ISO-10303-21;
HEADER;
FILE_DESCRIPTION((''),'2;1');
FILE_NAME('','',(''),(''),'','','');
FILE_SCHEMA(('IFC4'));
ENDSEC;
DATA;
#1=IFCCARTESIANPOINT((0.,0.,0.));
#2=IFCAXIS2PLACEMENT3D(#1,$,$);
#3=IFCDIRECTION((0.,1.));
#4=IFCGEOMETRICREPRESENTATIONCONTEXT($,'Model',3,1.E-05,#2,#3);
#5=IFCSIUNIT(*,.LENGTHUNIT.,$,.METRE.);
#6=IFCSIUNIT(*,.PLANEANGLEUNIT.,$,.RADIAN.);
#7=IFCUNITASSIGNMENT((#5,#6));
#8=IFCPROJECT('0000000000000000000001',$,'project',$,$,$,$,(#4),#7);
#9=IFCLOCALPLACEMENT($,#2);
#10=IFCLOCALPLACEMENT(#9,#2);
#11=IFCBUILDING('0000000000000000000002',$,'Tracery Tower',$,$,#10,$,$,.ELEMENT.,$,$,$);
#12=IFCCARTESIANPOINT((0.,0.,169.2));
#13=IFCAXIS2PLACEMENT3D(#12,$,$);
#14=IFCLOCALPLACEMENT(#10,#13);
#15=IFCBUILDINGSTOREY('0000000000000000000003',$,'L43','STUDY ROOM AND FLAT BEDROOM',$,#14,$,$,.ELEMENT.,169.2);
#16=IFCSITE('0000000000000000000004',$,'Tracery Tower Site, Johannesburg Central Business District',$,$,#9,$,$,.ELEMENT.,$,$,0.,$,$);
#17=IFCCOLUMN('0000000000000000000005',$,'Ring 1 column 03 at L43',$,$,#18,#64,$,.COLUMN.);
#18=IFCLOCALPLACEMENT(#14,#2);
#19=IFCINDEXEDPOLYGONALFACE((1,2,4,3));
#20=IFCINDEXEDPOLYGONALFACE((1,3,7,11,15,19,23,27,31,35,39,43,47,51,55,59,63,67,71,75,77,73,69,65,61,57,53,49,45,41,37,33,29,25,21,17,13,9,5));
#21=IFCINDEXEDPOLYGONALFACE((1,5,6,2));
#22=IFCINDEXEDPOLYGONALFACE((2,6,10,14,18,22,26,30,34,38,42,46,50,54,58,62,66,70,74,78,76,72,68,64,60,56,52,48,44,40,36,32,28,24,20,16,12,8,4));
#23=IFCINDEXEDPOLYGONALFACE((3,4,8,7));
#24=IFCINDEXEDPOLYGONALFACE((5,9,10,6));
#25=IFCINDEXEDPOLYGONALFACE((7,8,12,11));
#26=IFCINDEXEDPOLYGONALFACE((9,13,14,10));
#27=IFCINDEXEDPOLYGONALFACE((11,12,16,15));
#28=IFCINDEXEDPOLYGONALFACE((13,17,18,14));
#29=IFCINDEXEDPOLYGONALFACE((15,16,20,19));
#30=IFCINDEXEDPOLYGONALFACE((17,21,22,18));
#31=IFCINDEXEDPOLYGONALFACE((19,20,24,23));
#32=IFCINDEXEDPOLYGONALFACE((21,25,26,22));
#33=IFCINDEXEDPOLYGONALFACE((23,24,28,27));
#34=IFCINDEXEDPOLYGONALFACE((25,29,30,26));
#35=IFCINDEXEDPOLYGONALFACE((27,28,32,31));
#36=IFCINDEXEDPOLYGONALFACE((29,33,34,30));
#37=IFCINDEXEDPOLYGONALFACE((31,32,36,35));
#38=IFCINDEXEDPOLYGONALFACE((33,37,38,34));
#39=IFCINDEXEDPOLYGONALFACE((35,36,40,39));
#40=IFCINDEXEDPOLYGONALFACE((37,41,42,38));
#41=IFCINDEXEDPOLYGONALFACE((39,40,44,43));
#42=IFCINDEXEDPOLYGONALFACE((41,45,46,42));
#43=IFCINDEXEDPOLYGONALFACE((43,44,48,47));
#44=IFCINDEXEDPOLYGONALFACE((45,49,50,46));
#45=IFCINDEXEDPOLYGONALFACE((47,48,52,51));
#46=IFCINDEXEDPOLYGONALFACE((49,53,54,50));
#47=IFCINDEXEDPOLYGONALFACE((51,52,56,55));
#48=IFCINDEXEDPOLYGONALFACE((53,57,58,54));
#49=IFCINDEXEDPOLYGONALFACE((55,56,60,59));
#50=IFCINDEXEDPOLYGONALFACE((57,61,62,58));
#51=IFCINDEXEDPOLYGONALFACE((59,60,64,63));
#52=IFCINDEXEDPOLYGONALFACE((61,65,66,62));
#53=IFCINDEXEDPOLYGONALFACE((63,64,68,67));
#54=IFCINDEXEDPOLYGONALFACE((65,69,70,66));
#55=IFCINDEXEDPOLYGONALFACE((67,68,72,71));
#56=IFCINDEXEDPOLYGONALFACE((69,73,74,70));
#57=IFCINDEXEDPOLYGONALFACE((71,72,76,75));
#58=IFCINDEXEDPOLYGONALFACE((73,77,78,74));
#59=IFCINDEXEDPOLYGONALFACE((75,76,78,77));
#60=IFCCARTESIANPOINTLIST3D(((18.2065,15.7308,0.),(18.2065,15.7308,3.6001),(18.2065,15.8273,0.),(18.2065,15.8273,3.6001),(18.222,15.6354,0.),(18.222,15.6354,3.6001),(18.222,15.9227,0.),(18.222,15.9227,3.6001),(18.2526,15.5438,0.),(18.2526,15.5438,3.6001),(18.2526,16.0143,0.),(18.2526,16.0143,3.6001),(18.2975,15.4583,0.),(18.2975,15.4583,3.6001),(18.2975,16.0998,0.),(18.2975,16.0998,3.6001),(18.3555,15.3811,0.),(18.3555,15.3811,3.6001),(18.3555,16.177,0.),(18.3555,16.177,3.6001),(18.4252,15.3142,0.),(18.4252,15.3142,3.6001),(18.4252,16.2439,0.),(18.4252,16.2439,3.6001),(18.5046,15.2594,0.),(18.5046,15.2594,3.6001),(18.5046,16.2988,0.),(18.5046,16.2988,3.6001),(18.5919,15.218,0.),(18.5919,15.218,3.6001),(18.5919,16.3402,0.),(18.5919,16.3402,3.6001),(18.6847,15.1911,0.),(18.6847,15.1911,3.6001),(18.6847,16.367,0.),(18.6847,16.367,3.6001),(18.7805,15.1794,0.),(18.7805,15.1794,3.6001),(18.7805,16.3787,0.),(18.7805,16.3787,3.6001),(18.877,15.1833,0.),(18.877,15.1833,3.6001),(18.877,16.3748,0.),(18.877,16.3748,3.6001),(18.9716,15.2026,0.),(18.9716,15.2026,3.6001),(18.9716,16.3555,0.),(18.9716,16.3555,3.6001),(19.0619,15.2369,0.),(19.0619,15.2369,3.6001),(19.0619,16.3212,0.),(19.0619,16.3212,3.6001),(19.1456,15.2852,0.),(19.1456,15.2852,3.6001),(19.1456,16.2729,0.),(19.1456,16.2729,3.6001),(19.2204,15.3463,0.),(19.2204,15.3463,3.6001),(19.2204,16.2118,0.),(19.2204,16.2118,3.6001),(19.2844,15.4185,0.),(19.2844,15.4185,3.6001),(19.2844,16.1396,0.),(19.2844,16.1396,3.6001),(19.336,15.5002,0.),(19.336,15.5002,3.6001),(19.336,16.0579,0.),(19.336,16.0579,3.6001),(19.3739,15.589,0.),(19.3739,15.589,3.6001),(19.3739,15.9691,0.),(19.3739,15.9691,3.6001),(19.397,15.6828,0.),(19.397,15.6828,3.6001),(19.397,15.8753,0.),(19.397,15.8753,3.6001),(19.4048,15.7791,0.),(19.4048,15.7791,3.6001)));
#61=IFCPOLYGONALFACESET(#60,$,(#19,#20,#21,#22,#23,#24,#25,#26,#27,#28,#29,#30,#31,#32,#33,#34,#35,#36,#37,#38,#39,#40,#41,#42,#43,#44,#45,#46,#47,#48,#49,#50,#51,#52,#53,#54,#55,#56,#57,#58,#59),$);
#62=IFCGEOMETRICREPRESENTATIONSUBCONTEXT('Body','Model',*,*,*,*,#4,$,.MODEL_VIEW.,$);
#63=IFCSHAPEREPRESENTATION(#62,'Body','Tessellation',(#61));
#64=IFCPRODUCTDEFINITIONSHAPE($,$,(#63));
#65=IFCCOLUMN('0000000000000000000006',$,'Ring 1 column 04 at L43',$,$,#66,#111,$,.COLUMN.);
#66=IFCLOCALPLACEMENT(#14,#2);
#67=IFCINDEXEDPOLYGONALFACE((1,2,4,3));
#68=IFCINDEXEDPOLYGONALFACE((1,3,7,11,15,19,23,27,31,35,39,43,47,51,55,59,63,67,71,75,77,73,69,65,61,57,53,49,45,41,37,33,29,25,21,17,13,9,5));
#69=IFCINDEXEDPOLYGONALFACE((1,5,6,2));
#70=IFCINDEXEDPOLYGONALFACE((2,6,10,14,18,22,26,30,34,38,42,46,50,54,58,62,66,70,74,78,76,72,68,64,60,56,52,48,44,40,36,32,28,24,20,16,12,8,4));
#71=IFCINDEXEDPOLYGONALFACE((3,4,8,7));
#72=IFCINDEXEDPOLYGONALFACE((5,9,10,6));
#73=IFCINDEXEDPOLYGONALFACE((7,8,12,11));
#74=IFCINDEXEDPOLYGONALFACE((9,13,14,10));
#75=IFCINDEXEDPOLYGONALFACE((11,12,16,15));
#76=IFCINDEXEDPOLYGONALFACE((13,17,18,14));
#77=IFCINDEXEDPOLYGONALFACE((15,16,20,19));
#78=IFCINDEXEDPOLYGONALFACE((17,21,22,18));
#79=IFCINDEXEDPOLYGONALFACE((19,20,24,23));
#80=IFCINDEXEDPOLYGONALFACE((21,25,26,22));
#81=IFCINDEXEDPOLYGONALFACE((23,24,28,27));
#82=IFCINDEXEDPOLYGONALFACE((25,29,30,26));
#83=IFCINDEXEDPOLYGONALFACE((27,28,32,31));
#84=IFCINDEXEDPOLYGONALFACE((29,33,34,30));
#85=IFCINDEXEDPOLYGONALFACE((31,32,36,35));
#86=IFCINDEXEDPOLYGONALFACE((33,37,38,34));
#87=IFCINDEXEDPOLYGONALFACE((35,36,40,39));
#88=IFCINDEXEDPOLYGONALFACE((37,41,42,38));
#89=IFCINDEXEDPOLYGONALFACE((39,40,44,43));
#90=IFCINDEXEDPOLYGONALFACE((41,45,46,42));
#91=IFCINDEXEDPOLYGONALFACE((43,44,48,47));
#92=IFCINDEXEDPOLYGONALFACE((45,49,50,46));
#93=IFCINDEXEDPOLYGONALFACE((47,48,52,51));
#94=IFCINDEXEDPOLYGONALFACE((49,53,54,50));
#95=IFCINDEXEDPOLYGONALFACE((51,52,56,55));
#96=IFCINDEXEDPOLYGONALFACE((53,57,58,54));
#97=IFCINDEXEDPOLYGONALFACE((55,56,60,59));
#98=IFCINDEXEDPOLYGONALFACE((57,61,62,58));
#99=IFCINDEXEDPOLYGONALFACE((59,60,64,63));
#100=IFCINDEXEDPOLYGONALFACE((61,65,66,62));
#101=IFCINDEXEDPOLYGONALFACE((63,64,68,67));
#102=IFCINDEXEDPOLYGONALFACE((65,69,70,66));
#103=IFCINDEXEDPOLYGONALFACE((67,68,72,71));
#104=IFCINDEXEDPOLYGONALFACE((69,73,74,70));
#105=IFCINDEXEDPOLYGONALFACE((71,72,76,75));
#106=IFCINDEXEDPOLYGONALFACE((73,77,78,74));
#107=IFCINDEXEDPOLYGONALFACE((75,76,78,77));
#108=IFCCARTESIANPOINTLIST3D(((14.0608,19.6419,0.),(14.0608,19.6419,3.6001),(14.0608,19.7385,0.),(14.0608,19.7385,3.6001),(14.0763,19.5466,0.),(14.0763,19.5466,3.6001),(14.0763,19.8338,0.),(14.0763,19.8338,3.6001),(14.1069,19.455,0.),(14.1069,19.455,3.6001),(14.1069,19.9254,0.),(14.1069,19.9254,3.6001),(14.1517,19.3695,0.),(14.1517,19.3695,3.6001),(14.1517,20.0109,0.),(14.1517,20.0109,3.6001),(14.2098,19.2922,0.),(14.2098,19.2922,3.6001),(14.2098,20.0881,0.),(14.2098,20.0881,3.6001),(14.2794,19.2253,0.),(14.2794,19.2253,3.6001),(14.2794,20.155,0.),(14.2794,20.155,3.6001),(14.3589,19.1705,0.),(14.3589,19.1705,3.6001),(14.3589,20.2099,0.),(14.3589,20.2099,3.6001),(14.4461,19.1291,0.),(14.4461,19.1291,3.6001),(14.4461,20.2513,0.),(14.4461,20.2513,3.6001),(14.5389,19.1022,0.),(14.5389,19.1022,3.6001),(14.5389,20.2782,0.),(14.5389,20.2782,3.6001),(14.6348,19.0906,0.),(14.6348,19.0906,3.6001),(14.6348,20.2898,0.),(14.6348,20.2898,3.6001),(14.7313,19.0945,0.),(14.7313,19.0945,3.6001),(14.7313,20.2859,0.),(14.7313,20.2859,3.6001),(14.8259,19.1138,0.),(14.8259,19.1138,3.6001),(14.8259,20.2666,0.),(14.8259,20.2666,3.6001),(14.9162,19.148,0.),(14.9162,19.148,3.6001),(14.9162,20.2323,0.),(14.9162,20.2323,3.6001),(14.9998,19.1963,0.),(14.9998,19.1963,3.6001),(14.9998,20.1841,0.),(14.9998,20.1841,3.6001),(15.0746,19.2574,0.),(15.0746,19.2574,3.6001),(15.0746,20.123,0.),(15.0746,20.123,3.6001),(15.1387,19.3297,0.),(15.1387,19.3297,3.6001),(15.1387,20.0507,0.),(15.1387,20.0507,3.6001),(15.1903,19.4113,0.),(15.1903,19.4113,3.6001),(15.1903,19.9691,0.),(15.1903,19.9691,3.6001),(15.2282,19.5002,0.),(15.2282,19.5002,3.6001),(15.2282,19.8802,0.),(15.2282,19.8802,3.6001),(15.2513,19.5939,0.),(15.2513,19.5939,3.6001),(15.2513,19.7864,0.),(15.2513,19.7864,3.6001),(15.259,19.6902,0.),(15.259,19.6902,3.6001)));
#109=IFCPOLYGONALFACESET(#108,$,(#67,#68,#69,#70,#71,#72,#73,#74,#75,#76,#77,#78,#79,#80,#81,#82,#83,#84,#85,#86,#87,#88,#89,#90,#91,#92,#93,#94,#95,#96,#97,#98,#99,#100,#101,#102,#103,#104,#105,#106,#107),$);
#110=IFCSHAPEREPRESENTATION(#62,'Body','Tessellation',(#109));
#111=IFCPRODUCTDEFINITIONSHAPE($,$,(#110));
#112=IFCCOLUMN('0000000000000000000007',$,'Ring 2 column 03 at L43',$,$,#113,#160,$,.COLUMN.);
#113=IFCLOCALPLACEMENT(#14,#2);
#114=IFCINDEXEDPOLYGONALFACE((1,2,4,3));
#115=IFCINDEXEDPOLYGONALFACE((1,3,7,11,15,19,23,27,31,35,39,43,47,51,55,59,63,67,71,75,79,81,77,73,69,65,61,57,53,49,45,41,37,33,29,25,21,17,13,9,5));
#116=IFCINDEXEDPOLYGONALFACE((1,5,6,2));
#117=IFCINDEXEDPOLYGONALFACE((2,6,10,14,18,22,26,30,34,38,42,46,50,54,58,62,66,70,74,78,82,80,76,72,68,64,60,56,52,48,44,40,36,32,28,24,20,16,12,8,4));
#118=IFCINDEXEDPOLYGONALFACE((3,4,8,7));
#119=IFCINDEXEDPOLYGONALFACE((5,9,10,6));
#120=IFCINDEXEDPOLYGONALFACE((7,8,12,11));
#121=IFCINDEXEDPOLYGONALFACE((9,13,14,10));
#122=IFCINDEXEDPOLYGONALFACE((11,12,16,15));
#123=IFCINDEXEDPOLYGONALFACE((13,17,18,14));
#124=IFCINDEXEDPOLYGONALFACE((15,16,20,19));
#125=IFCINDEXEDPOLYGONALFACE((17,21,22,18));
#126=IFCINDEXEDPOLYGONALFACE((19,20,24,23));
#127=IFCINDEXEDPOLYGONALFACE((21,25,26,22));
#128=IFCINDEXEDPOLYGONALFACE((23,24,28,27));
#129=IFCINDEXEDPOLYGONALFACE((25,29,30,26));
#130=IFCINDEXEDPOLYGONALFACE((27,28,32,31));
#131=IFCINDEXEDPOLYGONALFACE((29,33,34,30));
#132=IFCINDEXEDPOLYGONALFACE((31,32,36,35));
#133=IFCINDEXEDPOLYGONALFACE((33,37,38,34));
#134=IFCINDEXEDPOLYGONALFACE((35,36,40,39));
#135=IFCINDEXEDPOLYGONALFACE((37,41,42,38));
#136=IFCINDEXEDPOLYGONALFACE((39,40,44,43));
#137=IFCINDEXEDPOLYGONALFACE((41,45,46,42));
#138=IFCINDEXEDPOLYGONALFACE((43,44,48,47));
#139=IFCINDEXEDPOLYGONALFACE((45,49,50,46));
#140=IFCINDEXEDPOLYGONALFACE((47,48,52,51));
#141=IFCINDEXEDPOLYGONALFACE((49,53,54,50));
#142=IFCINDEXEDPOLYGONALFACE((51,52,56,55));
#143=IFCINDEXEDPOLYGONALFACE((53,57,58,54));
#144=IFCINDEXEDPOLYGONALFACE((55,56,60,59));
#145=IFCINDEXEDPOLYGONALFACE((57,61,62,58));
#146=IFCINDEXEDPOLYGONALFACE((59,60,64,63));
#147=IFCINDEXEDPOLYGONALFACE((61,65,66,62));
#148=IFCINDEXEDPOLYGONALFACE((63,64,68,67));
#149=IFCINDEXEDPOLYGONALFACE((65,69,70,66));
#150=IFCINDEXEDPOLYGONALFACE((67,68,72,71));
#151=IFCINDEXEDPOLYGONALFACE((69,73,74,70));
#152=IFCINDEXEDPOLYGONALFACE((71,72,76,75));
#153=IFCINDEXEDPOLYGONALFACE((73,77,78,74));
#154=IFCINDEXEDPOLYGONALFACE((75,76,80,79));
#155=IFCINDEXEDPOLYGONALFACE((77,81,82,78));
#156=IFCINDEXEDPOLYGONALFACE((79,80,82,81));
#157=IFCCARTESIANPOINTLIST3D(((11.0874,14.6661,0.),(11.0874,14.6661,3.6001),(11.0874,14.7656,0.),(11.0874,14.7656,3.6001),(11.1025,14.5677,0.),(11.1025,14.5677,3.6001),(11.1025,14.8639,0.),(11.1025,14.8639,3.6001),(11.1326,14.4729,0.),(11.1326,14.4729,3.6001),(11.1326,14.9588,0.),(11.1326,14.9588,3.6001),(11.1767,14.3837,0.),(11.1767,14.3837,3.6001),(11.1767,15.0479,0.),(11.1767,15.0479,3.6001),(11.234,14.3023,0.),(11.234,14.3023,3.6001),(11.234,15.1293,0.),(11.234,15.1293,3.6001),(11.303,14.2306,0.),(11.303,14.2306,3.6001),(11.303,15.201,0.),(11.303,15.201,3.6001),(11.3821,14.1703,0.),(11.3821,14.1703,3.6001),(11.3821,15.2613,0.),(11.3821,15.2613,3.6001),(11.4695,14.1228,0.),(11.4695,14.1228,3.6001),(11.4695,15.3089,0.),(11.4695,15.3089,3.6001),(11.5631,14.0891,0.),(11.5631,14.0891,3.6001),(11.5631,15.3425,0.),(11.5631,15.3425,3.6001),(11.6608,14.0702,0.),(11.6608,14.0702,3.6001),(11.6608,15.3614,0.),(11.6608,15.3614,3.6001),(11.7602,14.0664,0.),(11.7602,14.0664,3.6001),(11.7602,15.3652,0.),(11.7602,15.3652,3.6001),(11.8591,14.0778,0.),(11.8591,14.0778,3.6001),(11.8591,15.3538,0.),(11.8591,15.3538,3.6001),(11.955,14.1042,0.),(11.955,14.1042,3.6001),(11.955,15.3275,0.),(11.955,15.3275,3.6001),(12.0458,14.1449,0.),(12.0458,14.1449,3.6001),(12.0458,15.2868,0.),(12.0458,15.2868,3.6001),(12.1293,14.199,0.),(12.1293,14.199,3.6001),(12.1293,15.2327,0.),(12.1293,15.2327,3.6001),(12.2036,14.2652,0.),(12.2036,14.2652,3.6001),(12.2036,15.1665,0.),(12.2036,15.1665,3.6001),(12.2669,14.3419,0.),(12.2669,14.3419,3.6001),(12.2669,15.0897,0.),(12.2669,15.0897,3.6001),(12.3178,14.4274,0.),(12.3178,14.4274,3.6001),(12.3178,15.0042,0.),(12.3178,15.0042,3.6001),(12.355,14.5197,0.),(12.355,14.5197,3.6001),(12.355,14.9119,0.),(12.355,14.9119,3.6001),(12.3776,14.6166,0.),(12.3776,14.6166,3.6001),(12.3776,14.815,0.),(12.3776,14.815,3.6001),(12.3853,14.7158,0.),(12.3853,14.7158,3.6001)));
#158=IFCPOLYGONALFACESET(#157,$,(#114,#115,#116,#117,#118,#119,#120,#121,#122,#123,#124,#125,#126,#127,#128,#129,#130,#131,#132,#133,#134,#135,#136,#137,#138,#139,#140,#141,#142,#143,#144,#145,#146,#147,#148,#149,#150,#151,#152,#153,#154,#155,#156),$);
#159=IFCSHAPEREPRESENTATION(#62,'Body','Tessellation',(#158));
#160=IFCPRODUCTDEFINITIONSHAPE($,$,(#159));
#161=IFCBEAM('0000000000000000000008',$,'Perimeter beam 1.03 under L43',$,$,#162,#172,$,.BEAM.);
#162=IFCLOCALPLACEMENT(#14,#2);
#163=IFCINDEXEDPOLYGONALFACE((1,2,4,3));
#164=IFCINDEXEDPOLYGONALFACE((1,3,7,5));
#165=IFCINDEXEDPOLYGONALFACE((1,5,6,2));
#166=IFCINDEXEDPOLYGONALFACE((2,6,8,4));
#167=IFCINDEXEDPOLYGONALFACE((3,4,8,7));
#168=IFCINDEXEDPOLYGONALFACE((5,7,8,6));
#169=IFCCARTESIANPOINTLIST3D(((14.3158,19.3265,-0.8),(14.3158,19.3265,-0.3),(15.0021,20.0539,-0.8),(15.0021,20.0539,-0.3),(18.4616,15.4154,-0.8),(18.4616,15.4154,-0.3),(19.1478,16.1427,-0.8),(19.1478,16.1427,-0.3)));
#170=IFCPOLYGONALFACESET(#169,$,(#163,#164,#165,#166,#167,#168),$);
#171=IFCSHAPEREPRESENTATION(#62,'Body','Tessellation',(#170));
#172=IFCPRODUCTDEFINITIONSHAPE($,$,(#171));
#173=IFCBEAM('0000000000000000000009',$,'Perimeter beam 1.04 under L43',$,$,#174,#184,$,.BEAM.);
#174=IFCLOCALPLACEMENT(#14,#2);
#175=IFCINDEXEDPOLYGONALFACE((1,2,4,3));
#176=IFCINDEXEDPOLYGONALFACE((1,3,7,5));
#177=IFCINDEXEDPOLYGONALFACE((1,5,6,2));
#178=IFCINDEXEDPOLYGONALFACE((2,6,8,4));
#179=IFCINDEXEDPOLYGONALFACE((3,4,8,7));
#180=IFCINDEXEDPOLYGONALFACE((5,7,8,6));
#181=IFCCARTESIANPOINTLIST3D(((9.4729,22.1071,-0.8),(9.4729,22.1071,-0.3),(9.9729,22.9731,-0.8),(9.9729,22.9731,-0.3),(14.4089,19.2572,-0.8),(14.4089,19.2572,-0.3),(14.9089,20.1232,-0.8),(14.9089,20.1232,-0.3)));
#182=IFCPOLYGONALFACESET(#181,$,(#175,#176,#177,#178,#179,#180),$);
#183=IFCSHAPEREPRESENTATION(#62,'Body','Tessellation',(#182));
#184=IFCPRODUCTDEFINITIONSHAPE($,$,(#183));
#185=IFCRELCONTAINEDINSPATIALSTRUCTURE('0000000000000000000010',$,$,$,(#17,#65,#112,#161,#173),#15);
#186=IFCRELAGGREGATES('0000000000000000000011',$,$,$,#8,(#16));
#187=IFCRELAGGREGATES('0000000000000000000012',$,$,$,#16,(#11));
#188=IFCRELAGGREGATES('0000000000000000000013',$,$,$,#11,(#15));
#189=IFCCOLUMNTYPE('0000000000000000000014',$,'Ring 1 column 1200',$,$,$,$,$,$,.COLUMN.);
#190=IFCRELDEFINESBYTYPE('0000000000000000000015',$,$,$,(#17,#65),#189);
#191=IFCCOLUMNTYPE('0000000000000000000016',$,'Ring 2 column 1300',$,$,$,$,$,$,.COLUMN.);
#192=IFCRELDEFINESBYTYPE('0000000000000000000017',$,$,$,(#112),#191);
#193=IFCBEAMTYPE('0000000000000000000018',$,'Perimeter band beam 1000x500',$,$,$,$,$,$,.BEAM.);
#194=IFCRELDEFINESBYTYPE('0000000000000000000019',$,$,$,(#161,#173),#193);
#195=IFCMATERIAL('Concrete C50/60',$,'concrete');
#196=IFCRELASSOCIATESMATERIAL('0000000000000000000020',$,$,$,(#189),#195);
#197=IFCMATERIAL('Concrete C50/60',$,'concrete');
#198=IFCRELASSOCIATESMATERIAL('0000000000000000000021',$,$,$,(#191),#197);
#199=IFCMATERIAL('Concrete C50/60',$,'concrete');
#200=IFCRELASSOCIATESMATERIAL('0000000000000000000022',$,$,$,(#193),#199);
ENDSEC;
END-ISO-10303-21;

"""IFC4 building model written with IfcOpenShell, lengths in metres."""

from ifc_helpers import new_model, si_unit, direction, frame, origin, origin_2d, place, context, subcontext, project, spatial, rectangle, circle, extrude, material, material_profile, profile_set, type_object, element, save


model = new_model("IFC4")

# Units and contexts
model_context = context("Model", 3, precision=1e-05, world=origin(), true_north=direction((0.0, 1.0)))
body_context = subcontext(model_context, "Body", "Model", "MODEL_VIEW")
ifc_project = project(units=[si_unit("LENGTHUNIT", "METRE"), si_unit("PLANEANGLEUNIT", "RADIAN")], contexts=[model_context])

# Site, building, storey
site_placement = place(None, origin())
site = spatial("IfcSite", under=ifc_project, at=site_placement, Name="Tracery Tower Site, Johannesburg Central Business District", CompositionType="ELEMENT", RefElevation=0.0)
building_placement = place(site_placement, origin())
building = spatial("IfcBuilding", under=site, at=building_placement, Name="Tracery Tower", CompositionType="ELEMENT")
storey_placement = place(building_placement, frame((0.0, 0.0, 169.2)))
storey = spatial("IfcBuildingStorey", under=building, at=storey_placement, Name="L43", Description="STUDY ROOM AND FLAT BEDROOM", CompositionType="ELEMENT", Elevation=169.2)

# Columns
ifc_material_1 = material(Name="Concrete C50/60", Category="concrete")
ifc_material_profile_1 = material_profile(ifc_material_1, circle(Radius=0.6001, at=origin_2d()), Name="RC D1200")
ifc_profile_set_1 = profile_set([ifc_material_profile_1], Name="Concrete C50/60")
column_type_1 = type_object("IfcColumnType", Name="Ring 1 column 1200", PredefinedType="COLUMN", material=ifc_profile_set_1)
for number, where, z_axis, x_axis, name in (
    (1, (18.8047, 15.7791, 0.0), (0.0, 0.0, 1.0), (1.0, 0.0, 0.0), "Ring 1 column 03 at L43"),
    (2, (14.6589, 19.6902, 0.0), (0.0, 0.0, 1.0), (1.0, 0.0, 0.0), "Ring 1 column 04 at L43"),
):
    element("IfcColumn", number, at=place(storey_placement, frame(where, z_axis=z_axis, x_axis=x_axis)), inside=storey, type_object=column_type_1, Name=name, PredefinedType="COLUMN", context=body_context, shape_type="SweptSolid", body=[
        extrude(circle(Radius=0.6001, at=origin_2d()), origin(), (0.0, 0.0, 1.0), 3.6001),
    ])
ifc_material_2 = material(Name="Concrete C50/60", Category="concrete")
ifc_material_profile_2 = material_profile(ifc_material_2, circle(Radius=0.6499, at=origin_2d()), Name="RC D1300")
ifc_profile_set_2 = profile_set([ifc_material_profile_2], Name="Concrete C50/60")
column_type_2 = type_object("IfcColumnType", Name="Ring 2 column 1300", PredefinedType="COLUMN", material=ifc_profile_set_2)
column_placement = place(storey_placement, frame((11.7354, 14.7158, 0.0), z_axis=(0.0, 0.0, 1.0), x_axis=(1.0, 0.0, 0.0)))
element("IfcColumn", 3, at=column_placement, inside=storey, type_object=column_type_2, Name="Ring 2 column 03 at L43", PredefinedType="COLUMN", context=body_context, shape_type="SweptSolid", body=[
    extrude(circle(Radius=0.6499, at=origin_2d()), origin(), (0.0, 0.0, 1.0), 3.6001),
])

# Beams
ifc_material_3 = material(Name="Concrete C50/60", Category="concrete")
ifc_material_profile_3 = material_profile(ifc_material_3, rectangle(XDim=1.0, YDim=0.5, at=origin_2d()), Name="RC 1000x500")
ifc_profile_set_3 = profile_set([ifc_material_profile_3], Name="Concrete C50/60")
beam_type = type_object("IfcBeamType", Name="Perimeter band beam 1000x500", PredefinedType="BEAM", material=ifc_profile_set_3)
beam_1_placement = place(storey_placement, frame((18.8047, 15.7791, -0.55), z_axis=(-0.72739, 0.686225, 0.0), x_axis=(-0.686225, -0.72739, 0.0)))
element("IfcBeam", 4, at=beam_1_placement, inside=storey, type_object=beam_type, Name="Perimeter beam 1.03 under L43", PredefinedType="BEAM", context=body_context, shape_type="SweptSolid", body=[
    extrude(rectangle(XDim=1.0, YDim=0.5, at=origin_2d()), origin(), (0.0, 0.0, 1.0), 5.6995),
])
beam_2_placement = place(storey_placement, frame((14.6589, 19.6902, -0.55), z_axis=(-0.866023, 0.500004, 0.0), x_axis=(-0.500004, -0.866023, 0.0)))
element("IfcBeam", 5, at=beam_2_placement, inside=storey, type_object=beam_type, Name="Perimeter beam 1.04 under L43", PredefinedType="BEAM", context=body_context, shape_type="SweptSolid", body=[
    extrude(rectangle(XDim=1.0, YDim=0.5, at=origin_2d()), origin(), (0.0, 0.0, 1.0), 5.6997),
])

save(model, "model.ifc")
